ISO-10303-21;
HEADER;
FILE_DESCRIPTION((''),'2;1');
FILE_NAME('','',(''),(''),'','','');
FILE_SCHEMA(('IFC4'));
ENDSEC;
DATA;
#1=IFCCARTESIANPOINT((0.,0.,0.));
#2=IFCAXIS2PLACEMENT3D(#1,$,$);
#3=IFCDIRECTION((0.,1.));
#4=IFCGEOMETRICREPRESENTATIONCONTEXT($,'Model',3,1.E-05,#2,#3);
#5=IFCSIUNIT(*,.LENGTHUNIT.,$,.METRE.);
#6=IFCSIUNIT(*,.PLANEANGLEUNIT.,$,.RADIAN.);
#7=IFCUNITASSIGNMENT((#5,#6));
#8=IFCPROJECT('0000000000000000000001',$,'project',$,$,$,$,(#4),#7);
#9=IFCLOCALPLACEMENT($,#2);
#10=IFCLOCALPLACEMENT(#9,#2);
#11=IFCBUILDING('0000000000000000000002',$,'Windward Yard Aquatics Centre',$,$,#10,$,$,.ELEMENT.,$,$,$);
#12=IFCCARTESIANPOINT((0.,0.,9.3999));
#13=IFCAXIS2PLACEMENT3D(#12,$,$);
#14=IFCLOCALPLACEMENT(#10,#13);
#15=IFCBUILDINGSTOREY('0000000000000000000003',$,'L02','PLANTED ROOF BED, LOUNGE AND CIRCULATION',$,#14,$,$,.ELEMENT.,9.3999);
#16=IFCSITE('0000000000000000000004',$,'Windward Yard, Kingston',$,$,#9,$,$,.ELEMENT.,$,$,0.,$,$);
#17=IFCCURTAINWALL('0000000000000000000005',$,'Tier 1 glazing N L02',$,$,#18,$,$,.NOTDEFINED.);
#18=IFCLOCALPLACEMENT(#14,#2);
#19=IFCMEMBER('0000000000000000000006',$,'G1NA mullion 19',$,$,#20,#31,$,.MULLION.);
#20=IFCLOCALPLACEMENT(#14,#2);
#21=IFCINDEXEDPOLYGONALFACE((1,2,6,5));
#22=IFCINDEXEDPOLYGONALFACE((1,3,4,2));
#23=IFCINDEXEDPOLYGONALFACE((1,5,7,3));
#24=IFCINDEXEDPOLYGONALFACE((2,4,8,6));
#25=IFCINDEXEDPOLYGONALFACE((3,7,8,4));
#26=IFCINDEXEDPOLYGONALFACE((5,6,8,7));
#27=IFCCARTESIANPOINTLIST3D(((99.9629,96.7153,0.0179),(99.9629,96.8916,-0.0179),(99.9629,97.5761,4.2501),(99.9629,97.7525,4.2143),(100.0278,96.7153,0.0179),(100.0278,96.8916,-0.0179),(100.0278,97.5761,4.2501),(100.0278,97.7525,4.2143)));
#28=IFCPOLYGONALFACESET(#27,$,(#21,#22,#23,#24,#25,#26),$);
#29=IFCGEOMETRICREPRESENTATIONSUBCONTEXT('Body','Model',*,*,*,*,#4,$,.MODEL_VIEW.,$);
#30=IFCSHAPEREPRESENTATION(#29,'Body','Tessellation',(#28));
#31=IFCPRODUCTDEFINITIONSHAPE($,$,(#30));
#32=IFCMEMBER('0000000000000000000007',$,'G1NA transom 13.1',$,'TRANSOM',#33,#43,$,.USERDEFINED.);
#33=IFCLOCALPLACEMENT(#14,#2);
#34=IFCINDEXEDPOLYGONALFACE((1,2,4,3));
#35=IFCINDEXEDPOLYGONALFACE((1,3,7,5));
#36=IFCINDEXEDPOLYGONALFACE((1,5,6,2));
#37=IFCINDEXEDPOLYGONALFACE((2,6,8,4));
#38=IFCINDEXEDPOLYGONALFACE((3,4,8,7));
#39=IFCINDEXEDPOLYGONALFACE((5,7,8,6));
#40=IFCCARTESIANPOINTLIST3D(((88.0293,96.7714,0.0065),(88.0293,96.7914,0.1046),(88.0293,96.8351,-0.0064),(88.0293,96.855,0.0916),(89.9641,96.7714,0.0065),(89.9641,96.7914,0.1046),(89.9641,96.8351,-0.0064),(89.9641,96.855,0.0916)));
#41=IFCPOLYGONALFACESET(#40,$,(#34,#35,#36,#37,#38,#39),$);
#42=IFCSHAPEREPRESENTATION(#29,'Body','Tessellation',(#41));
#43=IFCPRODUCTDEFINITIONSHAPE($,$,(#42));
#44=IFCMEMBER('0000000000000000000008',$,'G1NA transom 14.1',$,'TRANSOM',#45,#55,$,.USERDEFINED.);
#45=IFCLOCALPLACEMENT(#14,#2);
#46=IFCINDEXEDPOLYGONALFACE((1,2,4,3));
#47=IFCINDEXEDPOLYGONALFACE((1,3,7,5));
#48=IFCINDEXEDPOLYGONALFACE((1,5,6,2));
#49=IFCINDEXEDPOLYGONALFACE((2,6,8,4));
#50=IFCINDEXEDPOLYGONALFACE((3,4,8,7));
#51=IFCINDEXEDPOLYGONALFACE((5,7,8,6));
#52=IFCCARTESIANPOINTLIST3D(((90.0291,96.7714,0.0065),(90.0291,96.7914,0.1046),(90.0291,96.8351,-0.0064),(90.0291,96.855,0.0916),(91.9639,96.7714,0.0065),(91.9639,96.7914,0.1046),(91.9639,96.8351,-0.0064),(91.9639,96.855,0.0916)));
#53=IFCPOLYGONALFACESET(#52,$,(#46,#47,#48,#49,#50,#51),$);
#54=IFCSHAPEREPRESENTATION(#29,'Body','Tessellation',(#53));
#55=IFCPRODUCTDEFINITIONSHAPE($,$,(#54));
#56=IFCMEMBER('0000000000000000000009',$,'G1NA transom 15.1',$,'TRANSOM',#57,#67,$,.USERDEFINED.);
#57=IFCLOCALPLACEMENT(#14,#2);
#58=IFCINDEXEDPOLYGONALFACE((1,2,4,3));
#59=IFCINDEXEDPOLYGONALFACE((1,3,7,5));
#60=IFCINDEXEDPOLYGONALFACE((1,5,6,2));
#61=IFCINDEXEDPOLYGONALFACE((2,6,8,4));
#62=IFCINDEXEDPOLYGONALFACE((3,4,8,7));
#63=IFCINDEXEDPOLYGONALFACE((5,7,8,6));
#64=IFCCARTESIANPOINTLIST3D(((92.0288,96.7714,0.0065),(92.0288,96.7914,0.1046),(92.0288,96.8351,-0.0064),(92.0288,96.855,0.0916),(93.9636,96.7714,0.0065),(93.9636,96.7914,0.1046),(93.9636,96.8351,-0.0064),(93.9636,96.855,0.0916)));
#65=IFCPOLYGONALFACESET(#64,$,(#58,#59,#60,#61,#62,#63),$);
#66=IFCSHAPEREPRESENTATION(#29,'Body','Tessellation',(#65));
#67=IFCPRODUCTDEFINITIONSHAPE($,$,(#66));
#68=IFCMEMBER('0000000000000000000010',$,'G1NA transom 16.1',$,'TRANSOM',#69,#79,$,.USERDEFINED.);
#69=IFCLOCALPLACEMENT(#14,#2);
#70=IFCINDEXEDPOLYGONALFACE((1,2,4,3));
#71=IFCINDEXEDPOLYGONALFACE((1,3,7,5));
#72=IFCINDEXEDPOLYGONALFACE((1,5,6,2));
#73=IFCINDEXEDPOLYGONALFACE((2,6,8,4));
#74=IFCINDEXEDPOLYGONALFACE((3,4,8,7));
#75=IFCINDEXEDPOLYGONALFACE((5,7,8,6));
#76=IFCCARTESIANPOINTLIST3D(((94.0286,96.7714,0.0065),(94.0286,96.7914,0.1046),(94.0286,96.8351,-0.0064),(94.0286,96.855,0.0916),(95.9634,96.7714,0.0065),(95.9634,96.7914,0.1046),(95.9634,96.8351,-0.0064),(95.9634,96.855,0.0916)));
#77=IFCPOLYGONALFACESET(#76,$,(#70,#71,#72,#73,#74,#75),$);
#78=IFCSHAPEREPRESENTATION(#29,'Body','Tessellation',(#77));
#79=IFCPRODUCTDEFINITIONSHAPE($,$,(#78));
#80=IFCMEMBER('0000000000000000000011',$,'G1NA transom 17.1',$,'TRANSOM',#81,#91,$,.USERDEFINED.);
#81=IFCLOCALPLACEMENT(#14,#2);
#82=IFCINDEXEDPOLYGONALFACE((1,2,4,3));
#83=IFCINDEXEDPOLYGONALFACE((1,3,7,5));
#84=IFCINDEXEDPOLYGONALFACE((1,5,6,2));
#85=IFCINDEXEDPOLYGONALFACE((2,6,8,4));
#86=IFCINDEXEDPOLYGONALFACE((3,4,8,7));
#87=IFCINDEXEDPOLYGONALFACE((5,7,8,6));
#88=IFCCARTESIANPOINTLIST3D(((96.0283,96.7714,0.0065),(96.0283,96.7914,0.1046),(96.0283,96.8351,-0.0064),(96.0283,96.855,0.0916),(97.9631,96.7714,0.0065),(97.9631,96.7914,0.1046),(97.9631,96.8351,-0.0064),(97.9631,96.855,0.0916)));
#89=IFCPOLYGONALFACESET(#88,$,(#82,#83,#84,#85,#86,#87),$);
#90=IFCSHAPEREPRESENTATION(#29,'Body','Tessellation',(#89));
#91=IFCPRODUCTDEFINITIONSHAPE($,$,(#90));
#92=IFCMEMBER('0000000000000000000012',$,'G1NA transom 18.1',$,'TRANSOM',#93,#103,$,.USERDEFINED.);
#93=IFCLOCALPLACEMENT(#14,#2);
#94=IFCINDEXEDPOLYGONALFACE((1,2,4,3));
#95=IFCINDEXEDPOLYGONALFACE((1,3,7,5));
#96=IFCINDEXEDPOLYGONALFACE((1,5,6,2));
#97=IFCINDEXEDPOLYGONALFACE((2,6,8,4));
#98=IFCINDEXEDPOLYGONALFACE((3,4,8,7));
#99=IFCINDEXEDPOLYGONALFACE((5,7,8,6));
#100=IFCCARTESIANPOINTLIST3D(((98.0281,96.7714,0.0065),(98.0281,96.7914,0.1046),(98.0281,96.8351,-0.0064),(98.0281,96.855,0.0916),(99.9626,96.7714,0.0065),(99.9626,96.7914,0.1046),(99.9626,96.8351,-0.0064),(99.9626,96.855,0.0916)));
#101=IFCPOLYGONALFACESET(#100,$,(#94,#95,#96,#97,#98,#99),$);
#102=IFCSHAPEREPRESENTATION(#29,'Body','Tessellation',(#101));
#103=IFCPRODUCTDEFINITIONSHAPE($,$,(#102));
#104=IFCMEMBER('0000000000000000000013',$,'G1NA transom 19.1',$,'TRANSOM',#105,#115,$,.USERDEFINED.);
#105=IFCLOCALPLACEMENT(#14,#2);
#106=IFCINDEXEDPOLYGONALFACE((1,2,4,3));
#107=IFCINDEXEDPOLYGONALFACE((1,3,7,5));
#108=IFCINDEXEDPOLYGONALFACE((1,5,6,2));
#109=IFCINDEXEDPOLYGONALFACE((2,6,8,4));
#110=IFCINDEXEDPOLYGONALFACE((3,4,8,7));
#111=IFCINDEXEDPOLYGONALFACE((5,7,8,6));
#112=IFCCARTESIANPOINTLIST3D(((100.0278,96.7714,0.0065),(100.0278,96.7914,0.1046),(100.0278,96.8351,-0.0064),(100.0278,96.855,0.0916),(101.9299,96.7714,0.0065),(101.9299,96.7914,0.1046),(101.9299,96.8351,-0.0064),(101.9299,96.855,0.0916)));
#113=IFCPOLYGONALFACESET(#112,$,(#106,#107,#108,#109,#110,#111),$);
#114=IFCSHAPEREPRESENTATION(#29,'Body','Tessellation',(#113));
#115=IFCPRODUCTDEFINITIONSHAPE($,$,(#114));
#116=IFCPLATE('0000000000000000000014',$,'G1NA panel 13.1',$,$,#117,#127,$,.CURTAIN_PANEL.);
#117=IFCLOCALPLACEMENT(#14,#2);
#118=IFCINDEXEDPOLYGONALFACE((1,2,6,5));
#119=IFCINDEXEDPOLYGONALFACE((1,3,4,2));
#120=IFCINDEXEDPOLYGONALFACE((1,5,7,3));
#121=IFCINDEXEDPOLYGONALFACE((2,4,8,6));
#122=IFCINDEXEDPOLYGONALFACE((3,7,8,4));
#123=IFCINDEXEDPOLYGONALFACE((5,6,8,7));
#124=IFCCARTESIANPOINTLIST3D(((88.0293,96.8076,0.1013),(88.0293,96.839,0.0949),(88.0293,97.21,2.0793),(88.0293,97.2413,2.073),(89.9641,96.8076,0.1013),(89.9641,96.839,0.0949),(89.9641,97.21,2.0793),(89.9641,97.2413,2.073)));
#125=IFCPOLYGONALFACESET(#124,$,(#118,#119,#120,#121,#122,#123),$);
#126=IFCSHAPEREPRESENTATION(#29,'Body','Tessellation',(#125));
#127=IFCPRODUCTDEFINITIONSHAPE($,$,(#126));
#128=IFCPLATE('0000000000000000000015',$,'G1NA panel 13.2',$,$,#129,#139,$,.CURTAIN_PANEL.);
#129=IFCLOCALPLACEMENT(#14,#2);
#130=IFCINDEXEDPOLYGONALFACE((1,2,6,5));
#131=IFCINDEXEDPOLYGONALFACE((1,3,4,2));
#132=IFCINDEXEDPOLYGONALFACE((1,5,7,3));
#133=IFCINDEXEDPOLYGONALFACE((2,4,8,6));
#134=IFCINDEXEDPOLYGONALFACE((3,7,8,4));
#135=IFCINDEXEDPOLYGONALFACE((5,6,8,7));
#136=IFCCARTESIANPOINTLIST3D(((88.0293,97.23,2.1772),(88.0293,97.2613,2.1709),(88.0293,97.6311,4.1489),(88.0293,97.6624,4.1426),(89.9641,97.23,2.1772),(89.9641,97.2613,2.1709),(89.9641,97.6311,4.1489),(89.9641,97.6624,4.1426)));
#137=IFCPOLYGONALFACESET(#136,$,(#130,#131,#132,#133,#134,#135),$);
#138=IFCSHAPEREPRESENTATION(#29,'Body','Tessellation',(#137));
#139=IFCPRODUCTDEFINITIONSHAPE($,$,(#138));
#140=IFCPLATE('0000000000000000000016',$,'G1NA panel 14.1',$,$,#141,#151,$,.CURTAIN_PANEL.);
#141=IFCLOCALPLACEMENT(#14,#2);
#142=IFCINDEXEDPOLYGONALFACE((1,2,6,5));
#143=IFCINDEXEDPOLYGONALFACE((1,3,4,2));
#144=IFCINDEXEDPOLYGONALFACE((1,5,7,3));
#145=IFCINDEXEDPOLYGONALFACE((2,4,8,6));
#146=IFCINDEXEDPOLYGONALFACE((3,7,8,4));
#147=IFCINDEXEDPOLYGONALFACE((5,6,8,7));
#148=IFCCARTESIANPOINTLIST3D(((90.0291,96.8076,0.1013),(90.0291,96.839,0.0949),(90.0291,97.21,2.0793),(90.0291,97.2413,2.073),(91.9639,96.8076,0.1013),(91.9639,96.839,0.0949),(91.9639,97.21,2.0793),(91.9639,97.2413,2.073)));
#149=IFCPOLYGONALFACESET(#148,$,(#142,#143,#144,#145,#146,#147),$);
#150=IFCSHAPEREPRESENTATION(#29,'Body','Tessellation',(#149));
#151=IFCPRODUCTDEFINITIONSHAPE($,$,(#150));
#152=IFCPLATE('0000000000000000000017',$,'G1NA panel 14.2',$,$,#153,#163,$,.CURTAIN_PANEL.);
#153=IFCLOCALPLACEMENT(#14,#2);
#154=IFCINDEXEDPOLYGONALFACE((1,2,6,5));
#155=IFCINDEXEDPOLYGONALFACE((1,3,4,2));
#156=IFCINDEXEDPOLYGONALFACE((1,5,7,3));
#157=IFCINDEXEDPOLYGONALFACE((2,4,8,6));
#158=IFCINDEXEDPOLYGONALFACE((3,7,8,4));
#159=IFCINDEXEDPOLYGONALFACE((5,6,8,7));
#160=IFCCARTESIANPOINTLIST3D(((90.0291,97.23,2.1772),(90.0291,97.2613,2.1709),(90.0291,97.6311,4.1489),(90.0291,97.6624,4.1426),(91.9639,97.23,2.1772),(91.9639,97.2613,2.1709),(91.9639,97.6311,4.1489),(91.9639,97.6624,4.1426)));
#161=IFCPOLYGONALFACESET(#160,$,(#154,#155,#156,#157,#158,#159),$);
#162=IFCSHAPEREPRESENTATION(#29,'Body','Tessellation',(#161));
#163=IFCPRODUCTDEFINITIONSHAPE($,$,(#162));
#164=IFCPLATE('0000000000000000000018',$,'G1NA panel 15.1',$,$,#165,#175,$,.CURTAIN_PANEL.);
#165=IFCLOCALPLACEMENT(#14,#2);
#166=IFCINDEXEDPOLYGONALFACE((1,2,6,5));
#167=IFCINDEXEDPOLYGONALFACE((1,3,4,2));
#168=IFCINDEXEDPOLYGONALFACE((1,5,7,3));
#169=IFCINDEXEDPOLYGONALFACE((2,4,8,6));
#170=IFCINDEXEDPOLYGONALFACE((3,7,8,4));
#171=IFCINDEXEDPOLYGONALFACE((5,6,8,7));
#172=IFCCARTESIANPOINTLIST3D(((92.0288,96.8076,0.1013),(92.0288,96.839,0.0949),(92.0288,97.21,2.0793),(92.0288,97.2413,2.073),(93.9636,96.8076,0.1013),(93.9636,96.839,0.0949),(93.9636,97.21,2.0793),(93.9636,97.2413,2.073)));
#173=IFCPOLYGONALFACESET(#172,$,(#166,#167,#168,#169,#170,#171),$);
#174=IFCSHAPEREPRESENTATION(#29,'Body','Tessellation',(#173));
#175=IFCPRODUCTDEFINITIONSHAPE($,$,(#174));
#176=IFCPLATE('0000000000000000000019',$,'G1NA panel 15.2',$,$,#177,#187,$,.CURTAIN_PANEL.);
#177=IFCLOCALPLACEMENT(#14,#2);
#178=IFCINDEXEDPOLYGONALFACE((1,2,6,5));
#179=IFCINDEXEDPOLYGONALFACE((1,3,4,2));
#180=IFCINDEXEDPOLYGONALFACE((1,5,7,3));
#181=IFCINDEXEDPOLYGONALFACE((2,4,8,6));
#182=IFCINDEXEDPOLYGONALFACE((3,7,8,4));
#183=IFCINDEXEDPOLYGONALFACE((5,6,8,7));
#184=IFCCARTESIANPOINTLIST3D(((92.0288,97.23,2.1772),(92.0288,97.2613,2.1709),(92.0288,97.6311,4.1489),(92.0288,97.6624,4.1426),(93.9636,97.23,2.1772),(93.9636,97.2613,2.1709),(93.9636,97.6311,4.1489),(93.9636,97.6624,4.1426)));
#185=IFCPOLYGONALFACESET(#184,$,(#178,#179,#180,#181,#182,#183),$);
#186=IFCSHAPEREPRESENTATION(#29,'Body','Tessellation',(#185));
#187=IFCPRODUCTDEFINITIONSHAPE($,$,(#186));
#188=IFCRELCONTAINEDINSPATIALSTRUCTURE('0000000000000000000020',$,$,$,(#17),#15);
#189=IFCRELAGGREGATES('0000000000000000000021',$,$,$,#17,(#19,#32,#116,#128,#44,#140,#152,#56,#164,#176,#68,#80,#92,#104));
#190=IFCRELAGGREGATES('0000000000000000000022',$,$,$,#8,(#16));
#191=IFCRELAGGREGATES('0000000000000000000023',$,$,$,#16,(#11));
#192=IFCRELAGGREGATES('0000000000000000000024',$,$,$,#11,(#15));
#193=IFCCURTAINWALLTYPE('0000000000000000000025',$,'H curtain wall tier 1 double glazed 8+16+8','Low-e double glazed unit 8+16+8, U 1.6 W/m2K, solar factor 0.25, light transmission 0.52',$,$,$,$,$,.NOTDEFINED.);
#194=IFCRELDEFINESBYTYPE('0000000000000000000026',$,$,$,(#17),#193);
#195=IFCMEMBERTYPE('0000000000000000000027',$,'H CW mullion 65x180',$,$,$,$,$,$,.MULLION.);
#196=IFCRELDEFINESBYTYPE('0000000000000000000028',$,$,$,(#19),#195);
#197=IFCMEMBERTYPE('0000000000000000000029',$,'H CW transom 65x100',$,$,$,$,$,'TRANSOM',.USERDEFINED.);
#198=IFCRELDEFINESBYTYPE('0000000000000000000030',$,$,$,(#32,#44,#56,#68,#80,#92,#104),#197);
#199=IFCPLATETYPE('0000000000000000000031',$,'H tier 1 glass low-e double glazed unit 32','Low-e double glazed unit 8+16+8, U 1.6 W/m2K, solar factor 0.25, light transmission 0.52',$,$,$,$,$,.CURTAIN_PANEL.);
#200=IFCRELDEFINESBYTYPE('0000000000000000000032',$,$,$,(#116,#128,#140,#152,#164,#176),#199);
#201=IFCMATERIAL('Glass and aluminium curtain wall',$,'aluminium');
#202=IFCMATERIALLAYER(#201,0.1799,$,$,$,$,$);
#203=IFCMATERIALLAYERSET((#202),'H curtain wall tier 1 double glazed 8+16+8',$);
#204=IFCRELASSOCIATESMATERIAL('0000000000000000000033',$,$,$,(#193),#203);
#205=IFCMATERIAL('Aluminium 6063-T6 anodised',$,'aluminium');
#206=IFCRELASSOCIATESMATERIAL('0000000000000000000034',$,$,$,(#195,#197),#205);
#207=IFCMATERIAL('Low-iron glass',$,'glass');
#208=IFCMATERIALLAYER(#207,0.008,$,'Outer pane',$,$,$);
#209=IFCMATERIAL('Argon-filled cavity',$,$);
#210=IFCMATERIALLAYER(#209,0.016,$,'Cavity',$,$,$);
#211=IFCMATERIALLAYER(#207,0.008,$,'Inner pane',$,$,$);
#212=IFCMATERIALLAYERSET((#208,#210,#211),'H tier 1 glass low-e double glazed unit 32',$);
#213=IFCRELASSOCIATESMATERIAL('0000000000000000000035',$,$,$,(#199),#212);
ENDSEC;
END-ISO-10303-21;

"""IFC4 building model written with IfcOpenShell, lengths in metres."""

from ifc_helpers import new_model, si_unit, direction, frame, origin, origin_2d, place, context, subcontext, project, spatial, polyline, rectangle, outline, extrude, material, layer, layer_set, material_profile, profile_set, type_object, element, aggregate, save


model = new_model("IFC4")

# Units and contexts
model_context = context("Model", 3, precision=1e-05, world=origin(), true_north=direction((0.0, 1.0)))
body_context = subcontext(model_context, "Body", "Model", "MODEL_VIEW")
ifc_project = project(units=[si_unit("LENGTHUNIT", "METRE"), si_unit("PLANEANGLEUNIT", "RADIAN")], contexts=[model_context])

# Site, building, storey
site_placement = place(None, origin())
site = spatial("IfcSite", under=ifc_project, at=site_placement, Name="Windward Yard, Kingston", CompositionType="ELEMENT", RefElevation=0.0)
building_placement = place(site_placement, origin())
building = spatial("IfcBuilding", under=site, at=building_placement, Name="Windward Yard Aquatics Centre", CompositionType="ELEMENT")
storey_placement = place(building_placement, frame((0.0, 0.0, 9.3999)))
storey = spatial("IfcBuildingStorey", under=building, at=storey_placement, Name="L02", Description="PLANTED ROOF BED, LOUNGE AND CIRCULATION", CompositionType="ELEMENT", Elevation=9.3999)

# Curtain wall, members, plates
ifc_material_1 = material(Name="Glass and aluminium curtain wall", Category="aluminium")
ifc_layer_1 = layer(ifc_material_1, 0.1799)
ifc_layer_set_1 = layer_set([ifc_layer_1], Name="H curtain wall tier 1 double glazed 8+16+8")
curtain_wall_type = type_object("IfcCurtainWallType", Name="H curtain wall tier 1 double glazed 8+16+8", Description="Low-e double glazed unit 8+16+8, U 1.6 W/m2K, solar factor 0.25, light transmission 0.52", PredefinedType="NOTDEFINED", material=ifc_layer_set_1)
curtain_wall_placement = place(storey_placement, origin())
curtain_wall = element("IfcCurtainWall", 1, at=curtain_wall_placement, inside=storey, type_object=curtain_wall_type, Name="Tier 1 glazing N L02", PredefinedType="NOTDEFINED")
ifc_material_2 = material(Name="Aluminium 6063-T6 anodised", Category="aluminium")
ifc_material_profile_1 = material_profile(ifc_material_2, rectangle(XDim=0.0649, YDim=0.1799, at=origin_2d()), Name="H CW mullion 65x180")
ifc_profile_set_1 = profile_set([ifc_material_profile_1], Name="Aluminium 6063-T6 anodised")
member_type_1 = type_object("IfcMemberType", Name="H CW mullion 65x180", PredefinedType="MULLION", material=ifc_profile_set_1)
member_1_placement = place(storey_placement, frame((99.9954, 96.8035, 0.0), z_axis=(0.0, 0.199322, 0.979934), x_axis=(-1.0, 0.0, 0.0)))
member_1 = element("IfcMember", 2, at=member_1_placement, type_object=member_type_1, Name="G1NA mullion 19", PredefinedType="MULLION", context=body_context, shape_type="SweptSolid", body=[
    extrude(rectangle(XDim=0.0649, YDim=0.1799, at=origin_2d()), origin(), (0.0, 0.0, 1.0), 4.3188),
])
ifc_material_profile_2 = material_profile(ifc_material_2, rectangle(XDim=0.0649, YDim=0.1001, at=origin_2d()), Name="H CW transom 65x100")
ifc_profile_set_2 = profile_set([ifc_material_profile_2], Name="Aluminium 6063-T6 anodised")
member_type_2 = type_object("IfcMemberType", Name="H CW transom 65x100", ElementType="TRANSOM", PredefinedType="USERDEFINED", material=ifc_profile_set_2)
member_2_placement = place(storey_placement, frame((88.0293, 96.8132, 0.0491), z_axis=(1.0, 0.0, 0.0), x_axis=(0.0, -0.979925, 0.199368)))
member_2 = element("IfcMember", 3, at=member_2_placement, type_object=member_type_2, Name="G1NA transom 13.1", ObjectType="TRANSOM", PredefinedType="USERDEFINED", context=body_context, shape_type="SweptSolid", body=[
    extrude(rectangle(XDim=0.0649, YDim=0.1001, at=origin_2d()), origin(), (0.0, 0.0, 1.0), 1.9348),
])
member_3_placement = place(storey_placement, frame((90.0291, 96.8132, 0.0491), z_axis=(1.0, 0.0, 0.0), x_axis=(0.0, -0.979925, 0.199368)))
member_3 = element("IfcMember", 4, at=member_3_placement, type_object=member_type_2, Name="G1NA transom 14.1", ObjectType="TRANSOM", PredefinedType="USERDEFINED", context=body_context, shape_type="SweptSolid", body=[
    extrude(rectangle(XDim=0.0649, YDim=0.1001, at=origin_2d()), origin(), (0.0, 0.0, 1.0), 1.9348),
])
member_4_placement = place(storey_placement, frame((92.0288, 96.8132, 0.0491), z_axis=(1.0, 0.0, 0.0), x_axis=(0.0, -0.979925, 0.199368)))
member_4 = element("IfcMember", 5, at=member_4_placement, type_object=member_type_2, Name="G1NA transom 15.1", ObjectType="TRANSOM", PredefinedType="USERDEFINED", context=body_context, shape_type="SweptSolid", body=[
    extrude(rectangle(XDim=0.0649, YDim=0.1001, at=origin_2d()), origin(), (0.0, 0.0, 1.0), 1.9348),
])
member_5_placement = place(storey_placement, frame((94.0286, 96.8132, 0.0491), z_axis=(1.0, 0.0, 0.0), x_axis=(0.0, -0.979925, 0.199368)))
member_5 = element("IfcMember", 6, at=member_5_placement, type_object=member_type_2, Name="G1NA transom 16.1", ObjectType="TRANSOM", PredefinedType="USERDEFINED", context=body_context, shape_type="SweptSolid", body=[
    extrude(rectangle(XDim=0.0649, YDim=0.1001, at=origin_2d()), origin(), (0.0, 0.0, 1.0), 1.9348),
])
member_6_placement = place(storey_placement, frame((96.0283, 96.8132, 0.0491), z_axis=(1.0, 0.0, 0.0), x_axis=(0.0, -0.979925, 0.199368)))
member_6 = element("IfcMember", 7, at=member_6_placement, type_object=member_type_2, Name="G1NA transom 17.1", ObjectType="TRANSOM", PredefinedType="USERDEFINED", context=body_context, shape_type="SweptSolid", body=[
    extrude(rectangle(XDim=0.0649, YDim=0.1001, at=origin_2d()), origin(), (0.0, 0.0, 1.0), 1.9348),
])
member_7_placement = place(storey_placement, frame((98.0281, 96.8132, 0.0491), z_axis=(1.0, 0.0, 0.0), x_axis=(0.0, -0.979925, 0.199368)))
member_7 = element("IfcMember", 8, at=member_7_placement, type_object=member_type_2, Name="G1NA transom 18.1", ObjectType="TRANSOM", PredefinedType="USERDEFINED", context=body_context, shape_type="SweptSolid", body=[
    extrude(rectangle(XDim=0.0649, YDim=0.1001, at=origin_2d()), origin(), (0.0, 0.0, 1.0), 1.9346),
])
member_8_placement = place(storey_placement, frame((100.0278, 96.8132, 0.0491), z_axis=(1.0, 0.0, 0.0), x_axis=(0.0, -0.979925, 0.199368)))
member_8 = element("IfcMember", 9, at=member_8_placement, type_object=member_type_2, Name="G1NA transom 19.1", ObjectType="TRANSOM", PredefinedType="USERDEFINED", context=body_context, shape_type="SweptSolid", body=[
    extrude(rectangle(XDim=0.0649, YDim=0.1001, at=origin_2d()), origin(), (0.0, 0.0, 1.0), 1.9021),
])
ifc_material_3 = material(Name="Low-iron glass", Category="glass")
ifc_layer_2 = layer(ifc_material_3, 0.008, Name="Outer pane")
ifc_material_4 = material(Name="Argon-filled cavity")
ifc_layer_3 = layer(ifc_material_4, 0.016, Name="Cavity")
ifc_layer_4 = layer(ifc_material_3, 0.008, Name="Inner pane")
ifc_layer_set_2 = layer_set([ifc_layer_2, ifc_layer_3, ifc_layer_4], Name="H tier 1 glass low-e double glazed unit 32")
plate_type = type_object("IfcPlateType", Name="H tier 1 glass low-e double glazed unit 32", Description="Low-e double glazed unit 8+16+8, U 1.6 W/m2K, solar factor 0.25, light transmission 0.52", PredefinedType="CURTAIN_PANEL", material=ifc_layer_set_2)
plate_1_placement = place(storey_placement, frame((88.0293, 96.8076, 0.1013), z_axis=(0.0, -0.979933, 0.199325), x_axis=(1.0, 0.0, 0.0)))
plate_1 = element("IfcPlate", 10, at=plate_1_placement, type_object=plate_type, Name="G1NA panel 13.1", PredefinedType="CURTAIN_PANEL", context=body_context, shape_type="SweptSolid", body=[
    extrude(outline(polyline([(0.0, 0.0), (1.9348, 0.0), (1.9348, 2.0185), (0.0, 2.0185), (0.0, 0.0)])), origin(), (0.0, 0.0, -1.0), 0.032),
])
plate_2_placement = place(storey_placement, frame((88.0293, 97.23, 2.1772), z_axis=(0.0, -0.979927, 0.199359), x_axis=(1.0, 0.0, 0.0)))
plate_2 = element("IfcPlate", 11, at=plate_2_placement, type_object=plate_type, Name="G1NA panel 13.2", PredefinedType="CURTAIN_PANEL", context=body_context, shape_type="SweptSolid", body=[
    extrude(outline(polyline([(0.0, 0.0), (1.9348, 0.0), (1.9348, 2.0121), (0.0, 2.0121), (0.0, 0.0)])), origin(), (0.0, 0.0, -1.0), 0.032),
])
plate_3_placement = place(storey_placement, frame((90.0291, 96.8076, 0.1013), z_axis=(0.0, -0.979933, 0.199325), x_axis=(1.0, 0.0, 0.0)))
plate_3 = element("IfcPlate", 12, at=plate_3_placement, type_object=plate_type, Name="G1NA panel 14.1", PredefinedType="CURTAIN_PANEL", context=body_context, shape_type="SweptSolid", body=[
    extrude(outline(polyline([(0.0, 0.0), (1.9348, 0.0), (1.9348, 2.0185), (0.0, 2.0185), (0.0, 0.0)])), origin(), (0.0, 0.0, -1.0), 0.032),
])
plate_4_placement = place(storey_placement, frame((90.0291, 97.23, 2.1772), z_axis=(0.0, -0.979927, 0.199359), x_axis=(1.0, 0.0, 0.0)))
plate_4 = element("IfcPlate", 13, at=plate_4_placement, type_object=plate_type, Name="G1NA panel 14.2", PredefinedType="CURTAIN_PANEL", context=body_context, shape_type="SweptSolid", body=[
    extrude(outline(polyline([(0.0, 0.0), (1.9348, 0.0), (1.9348, 2.0121), (0.0, 2.0121), (0.0, 0.0)])), origin(), (0.0, 0.0, -1.0), 0.032),
])
plate_5_placement = place(storey_placement, frame((92.0288, 96.8076, 0.1013), z_axis=(0.0, -0.979933, 0.199325), x_axis=(1.0, 0.0, 0.0)))
plate_5 = element("IfcPlate", 14, at=plate_5_placement, type_object=plate_type, Name="G1NA panel 15.1", PredefinedType="CURTAIN_PANEL", context=body_context, shape_type="SweptSolid", body=[
    extrude(outline(polyline([(0.0, 0.0), (1.9348, 0.0), (1.9348, 2.0185), (0.0, 2.0185), (0.0, 0.0)])), origin(), (0.0, 0.0, -1.0), 0.032),
])
plate_6_placement = place(storey_placement, frame((92.0288, 97.23, 2.1772), z_axis=(0.0, -0.979927, 0.199359), x_axis=(1.0, 0.0, 0.0)))
plate_6 = element("IfcPlate", 15, at=plate_6_placement, type_object=plate_type, Name="G1NA panel 15.2", PredefinedType="CURTAIN_PANEL", context=body_context, shape_type="SweptSolid", body=[
    extrude(outline(polyline([(0.0, 0.0), (1.9348, 0.0), (1.9348, 2.0121), (0.0, 2.0121), (0.0, 0.0)])), origin(), (0.0, 0.0, -1.0), 0.032),
])
aggregate(curtain_wall, [member_1, member_2, plate_1, plate_2, member_3, plate_3, plate_4, member_4, plate_5, plate_6, member_5, member_6, member_7, member_8])

save(model, "model.ifc")
